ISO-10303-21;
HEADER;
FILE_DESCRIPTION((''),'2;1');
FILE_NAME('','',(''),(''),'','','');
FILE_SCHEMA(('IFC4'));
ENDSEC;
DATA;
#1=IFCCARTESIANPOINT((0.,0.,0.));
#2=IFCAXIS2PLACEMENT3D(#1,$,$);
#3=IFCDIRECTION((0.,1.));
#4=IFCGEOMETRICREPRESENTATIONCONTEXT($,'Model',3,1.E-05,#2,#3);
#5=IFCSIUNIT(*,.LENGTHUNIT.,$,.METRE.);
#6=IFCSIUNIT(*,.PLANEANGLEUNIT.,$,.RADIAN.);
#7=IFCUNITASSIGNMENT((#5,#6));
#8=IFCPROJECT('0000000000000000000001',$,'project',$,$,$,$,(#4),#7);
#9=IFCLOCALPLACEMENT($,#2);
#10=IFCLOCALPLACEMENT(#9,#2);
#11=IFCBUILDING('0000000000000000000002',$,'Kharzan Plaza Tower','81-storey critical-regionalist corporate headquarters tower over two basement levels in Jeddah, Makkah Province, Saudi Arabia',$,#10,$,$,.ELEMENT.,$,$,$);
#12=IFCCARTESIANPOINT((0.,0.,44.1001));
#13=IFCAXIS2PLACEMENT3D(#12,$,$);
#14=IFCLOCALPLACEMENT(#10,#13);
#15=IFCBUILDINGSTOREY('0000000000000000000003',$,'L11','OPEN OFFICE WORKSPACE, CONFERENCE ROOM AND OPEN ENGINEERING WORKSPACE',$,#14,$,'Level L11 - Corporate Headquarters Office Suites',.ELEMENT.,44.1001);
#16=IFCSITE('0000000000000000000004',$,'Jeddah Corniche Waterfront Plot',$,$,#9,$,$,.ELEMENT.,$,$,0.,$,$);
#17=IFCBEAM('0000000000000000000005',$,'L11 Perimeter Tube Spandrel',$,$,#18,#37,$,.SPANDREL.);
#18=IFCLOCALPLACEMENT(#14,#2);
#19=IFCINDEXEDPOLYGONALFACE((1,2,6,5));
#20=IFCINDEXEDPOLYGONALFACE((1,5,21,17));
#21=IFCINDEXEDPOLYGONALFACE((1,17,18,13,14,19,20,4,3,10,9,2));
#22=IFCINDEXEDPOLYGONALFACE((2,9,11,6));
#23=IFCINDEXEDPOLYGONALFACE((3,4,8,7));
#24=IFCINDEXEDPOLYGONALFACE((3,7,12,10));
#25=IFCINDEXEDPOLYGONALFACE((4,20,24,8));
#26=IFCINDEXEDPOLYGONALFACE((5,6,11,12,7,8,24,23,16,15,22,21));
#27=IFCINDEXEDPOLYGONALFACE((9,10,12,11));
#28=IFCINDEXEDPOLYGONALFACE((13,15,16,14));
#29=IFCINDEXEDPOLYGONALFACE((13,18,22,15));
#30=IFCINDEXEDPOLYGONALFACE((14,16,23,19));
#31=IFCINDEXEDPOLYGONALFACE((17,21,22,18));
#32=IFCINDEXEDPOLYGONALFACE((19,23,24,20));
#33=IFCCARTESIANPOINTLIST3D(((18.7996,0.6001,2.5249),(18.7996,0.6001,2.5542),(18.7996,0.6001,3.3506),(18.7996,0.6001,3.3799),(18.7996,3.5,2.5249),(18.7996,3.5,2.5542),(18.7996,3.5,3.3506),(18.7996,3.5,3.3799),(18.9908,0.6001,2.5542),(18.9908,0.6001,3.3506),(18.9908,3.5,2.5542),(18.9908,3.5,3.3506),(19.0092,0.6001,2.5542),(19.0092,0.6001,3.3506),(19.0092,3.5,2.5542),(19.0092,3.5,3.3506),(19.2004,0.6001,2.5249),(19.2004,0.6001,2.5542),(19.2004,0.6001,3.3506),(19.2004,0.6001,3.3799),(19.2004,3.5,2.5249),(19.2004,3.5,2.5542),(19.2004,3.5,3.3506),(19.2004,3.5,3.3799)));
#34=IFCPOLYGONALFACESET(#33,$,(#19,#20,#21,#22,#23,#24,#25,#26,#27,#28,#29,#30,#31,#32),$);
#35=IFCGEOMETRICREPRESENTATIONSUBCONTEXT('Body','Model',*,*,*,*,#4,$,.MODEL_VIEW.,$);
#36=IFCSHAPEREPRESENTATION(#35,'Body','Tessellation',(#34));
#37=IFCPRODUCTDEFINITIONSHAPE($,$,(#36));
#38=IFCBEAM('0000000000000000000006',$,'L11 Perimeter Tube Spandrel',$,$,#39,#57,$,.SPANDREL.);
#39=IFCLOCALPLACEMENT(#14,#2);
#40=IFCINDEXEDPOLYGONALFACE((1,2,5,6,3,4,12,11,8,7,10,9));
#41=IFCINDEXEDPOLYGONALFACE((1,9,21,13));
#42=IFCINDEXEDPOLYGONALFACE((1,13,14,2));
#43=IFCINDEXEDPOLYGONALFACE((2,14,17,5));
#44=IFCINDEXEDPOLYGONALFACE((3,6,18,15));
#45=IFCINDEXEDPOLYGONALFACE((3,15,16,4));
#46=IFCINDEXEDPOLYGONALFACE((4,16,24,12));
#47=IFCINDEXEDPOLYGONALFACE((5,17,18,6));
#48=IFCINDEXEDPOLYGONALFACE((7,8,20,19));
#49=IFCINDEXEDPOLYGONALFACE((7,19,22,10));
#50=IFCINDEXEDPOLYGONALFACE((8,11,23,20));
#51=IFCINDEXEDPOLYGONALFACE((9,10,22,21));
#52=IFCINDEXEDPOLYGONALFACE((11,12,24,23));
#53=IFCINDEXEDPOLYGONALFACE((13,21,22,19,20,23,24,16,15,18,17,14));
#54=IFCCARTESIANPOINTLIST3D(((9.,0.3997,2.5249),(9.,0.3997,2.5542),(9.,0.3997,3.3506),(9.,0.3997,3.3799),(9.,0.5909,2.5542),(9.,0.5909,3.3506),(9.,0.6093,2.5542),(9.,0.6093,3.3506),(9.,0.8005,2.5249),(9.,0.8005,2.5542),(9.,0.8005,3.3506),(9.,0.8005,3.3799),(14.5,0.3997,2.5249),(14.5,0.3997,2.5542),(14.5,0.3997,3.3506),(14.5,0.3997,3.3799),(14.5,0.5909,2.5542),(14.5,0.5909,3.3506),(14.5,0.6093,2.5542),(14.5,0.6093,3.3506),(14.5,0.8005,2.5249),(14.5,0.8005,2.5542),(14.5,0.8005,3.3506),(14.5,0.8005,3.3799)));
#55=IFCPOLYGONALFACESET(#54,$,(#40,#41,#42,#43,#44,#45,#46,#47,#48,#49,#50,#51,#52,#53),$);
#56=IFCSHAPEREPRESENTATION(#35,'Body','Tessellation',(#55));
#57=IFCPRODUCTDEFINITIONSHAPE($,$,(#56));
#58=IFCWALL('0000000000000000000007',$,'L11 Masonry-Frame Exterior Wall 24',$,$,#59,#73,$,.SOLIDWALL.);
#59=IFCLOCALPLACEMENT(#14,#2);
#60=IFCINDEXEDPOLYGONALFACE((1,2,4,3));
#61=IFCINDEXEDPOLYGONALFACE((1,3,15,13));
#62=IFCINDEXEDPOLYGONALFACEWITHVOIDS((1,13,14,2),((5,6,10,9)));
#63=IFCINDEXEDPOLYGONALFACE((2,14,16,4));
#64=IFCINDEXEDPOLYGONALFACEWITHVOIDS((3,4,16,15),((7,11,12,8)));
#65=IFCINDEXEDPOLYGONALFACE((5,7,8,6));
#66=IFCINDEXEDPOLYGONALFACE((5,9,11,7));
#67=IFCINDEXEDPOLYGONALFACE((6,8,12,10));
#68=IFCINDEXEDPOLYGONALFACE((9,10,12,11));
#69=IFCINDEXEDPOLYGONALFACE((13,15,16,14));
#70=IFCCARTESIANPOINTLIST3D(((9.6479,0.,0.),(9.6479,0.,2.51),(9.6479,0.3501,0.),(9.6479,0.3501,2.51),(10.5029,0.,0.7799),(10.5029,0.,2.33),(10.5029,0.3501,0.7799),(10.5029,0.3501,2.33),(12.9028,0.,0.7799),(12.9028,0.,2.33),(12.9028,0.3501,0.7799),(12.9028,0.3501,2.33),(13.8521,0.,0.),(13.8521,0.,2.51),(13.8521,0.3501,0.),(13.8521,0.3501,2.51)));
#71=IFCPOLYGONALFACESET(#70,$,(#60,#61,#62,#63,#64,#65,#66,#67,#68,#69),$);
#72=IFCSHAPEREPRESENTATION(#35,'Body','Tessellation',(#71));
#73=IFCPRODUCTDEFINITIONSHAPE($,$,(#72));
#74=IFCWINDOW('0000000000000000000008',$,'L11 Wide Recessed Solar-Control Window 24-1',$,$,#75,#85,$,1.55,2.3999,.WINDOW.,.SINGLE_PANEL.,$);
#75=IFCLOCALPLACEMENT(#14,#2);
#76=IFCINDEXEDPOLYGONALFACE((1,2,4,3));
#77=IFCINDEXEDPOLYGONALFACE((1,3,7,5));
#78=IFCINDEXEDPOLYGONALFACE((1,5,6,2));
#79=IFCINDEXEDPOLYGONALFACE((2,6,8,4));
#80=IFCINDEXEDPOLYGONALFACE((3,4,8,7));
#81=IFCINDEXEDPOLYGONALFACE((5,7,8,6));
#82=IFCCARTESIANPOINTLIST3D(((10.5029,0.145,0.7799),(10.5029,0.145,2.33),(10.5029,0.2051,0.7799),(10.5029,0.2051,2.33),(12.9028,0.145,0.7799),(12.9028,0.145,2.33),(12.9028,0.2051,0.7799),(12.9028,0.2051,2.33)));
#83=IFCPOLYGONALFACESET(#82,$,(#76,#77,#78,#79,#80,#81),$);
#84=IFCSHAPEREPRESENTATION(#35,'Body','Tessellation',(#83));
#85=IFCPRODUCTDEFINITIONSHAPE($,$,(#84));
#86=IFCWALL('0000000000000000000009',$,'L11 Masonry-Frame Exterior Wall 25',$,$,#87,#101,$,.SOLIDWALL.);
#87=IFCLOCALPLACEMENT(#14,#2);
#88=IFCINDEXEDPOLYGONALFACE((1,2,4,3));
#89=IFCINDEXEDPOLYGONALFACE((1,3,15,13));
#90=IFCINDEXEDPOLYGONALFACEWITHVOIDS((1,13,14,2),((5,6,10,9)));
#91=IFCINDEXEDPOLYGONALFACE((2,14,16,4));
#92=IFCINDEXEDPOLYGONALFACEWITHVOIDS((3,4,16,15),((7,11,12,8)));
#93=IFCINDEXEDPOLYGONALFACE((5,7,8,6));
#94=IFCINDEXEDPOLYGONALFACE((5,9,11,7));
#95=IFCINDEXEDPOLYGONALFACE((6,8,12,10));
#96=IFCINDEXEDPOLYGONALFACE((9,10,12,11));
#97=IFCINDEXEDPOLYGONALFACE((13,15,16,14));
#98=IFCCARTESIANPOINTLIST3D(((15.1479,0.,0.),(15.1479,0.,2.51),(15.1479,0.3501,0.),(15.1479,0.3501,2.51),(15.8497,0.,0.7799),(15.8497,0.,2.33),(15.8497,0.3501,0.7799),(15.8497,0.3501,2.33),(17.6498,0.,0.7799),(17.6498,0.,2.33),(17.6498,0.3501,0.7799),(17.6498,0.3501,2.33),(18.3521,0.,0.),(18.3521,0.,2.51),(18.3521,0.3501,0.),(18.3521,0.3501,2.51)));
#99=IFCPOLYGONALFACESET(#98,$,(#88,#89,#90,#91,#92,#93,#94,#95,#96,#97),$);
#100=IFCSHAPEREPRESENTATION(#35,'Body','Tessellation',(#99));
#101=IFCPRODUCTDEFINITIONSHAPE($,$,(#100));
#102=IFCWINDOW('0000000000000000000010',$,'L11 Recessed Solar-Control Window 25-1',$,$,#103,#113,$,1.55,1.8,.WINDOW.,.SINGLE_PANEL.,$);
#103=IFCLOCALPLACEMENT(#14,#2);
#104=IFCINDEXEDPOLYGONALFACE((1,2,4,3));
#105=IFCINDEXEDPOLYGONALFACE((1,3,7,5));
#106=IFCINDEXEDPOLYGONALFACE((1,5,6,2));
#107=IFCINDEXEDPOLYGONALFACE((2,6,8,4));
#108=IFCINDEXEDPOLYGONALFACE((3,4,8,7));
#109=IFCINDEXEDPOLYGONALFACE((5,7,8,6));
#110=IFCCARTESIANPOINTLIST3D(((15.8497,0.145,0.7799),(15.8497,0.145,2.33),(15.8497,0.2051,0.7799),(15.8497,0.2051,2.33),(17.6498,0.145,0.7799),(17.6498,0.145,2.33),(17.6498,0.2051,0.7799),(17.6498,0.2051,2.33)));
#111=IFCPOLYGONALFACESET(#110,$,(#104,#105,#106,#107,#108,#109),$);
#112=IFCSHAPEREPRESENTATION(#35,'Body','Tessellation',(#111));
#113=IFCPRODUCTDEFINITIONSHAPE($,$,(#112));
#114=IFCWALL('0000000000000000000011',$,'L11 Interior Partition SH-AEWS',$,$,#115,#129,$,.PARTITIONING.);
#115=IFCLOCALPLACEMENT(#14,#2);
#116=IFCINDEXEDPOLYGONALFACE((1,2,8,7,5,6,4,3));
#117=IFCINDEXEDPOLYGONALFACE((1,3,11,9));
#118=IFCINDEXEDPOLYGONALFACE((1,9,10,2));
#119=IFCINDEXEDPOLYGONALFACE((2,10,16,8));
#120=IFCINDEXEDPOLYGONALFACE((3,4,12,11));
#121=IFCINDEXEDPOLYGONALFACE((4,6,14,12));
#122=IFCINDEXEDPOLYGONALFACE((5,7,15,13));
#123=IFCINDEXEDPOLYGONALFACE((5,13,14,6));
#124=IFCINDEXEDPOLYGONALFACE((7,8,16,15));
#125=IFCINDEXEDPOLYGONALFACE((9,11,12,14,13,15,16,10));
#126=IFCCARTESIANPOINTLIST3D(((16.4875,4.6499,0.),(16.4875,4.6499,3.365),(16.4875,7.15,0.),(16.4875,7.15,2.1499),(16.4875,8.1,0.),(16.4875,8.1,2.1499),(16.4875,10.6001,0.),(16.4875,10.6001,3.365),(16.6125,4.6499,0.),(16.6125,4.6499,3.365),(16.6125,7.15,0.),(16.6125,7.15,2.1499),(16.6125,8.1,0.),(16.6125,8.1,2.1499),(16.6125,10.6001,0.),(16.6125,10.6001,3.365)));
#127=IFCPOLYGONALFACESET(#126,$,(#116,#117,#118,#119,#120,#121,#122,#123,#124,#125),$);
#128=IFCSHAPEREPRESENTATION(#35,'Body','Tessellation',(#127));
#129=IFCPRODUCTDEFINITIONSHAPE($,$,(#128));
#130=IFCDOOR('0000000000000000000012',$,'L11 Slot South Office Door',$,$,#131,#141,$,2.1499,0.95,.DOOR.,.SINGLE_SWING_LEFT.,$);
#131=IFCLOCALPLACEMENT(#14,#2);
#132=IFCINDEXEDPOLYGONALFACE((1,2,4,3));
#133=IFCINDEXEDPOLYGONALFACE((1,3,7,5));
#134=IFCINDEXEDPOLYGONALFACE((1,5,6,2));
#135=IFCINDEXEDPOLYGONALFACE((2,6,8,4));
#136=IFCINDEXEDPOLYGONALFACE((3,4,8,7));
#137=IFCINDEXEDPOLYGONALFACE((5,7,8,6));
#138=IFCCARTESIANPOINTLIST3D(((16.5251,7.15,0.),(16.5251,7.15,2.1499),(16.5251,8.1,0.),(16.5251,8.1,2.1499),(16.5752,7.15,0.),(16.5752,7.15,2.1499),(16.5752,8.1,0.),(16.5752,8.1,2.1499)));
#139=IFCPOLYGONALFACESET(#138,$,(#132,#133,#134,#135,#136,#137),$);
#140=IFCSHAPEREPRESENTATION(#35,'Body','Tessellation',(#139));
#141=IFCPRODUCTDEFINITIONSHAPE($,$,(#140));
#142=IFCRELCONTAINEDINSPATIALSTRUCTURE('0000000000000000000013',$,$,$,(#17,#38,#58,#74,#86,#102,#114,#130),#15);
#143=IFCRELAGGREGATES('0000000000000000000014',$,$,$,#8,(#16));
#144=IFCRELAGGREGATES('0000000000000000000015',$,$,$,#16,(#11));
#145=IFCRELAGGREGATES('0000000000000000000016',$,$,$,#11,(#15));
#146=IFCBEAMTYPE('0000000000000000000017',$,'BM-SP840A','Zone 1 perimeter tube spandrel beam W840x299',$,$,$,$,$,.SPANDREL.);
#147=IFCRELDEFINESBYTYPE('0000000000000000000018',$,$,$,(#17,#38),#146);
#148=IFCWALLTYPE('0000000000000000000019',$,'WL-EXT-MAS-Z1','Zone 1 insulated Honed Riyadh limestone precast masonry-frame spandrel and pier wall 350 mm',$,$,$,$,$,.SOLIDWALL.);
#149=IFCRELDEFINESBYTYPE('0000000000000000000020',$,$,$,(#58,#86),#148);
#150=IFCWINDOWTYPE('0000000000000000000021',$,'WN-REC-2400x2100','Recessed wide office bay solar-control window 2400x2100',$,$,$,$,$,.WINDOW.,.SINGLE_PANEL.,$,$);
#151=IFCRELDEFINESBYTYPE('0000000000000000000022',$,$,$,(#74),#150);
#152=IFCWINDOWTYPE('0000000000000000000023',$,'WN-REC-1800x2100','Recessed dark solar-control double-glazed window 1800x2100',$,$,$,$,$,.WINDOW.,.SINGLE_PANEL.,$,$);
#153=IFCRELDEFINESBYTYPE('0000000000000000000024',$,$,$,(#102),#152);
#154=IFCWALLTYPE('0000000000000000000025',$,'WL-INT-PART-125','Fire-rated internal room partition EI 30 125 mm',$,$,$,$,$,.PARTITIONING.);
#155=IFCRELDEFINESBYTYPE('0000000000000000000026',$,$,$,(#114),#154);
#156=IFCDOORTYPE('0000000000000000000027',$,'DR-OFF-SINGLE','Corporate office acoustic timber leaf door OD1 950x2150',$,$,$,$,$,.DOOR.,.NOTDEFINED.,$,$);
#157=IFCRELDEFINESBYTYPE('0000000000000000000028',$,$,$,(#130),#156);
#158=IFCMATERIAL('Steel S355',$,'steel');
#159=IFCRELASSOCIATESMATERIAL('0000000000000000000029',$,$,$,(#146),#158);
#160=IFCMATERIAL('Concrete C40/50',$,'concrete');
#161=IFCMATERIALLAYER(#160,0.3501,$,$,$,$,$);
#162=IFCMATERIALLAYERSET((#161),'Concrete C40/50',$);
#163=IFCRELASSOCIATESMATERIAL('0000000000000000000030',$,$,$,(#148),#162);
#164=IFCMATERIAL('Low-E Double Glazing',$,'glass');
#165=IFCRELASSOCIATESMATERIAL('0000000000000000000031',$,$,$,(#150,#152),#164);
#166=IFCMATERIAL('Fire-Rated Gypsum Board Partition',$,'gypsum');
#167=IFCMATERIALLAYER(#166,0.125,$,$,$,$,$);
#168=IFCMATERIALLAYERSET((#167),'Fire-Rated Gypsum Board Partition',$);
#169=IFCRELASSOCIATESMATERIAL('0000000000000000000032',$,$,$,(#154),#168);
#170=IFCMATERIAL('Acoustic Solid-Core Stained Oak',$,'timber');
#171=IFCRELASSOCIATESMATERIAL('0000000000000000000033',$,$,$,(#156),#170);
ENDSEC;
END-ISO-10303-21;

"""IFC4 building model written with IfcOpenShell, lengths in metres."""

from ifc_helpers import new_model, si_unit, direction, frame, frame_2d, origin, origin_2d, place, context, subcontext, project, spatial, rectangle, i_section, extrude, source, transform, mapped, material, layer, layer_set, material_profile, profile_set, type_object, element, fill, save


model = new_model("IFC4")

# Units and contexts
model_context = context("Model", 3, precision=1e-05, world=origin(), true_north=direction((0.0, 1.0)))
body_context = subcontext(model_context, "Body", "Model", "MODEL_VIEW")
ifc_project = project(units=[si_unit("LENGTHUNIT", "METRE"), si_unit("PLANEANGLEUNIT", "RADIAN")], contexts=[model_context])

# Site, building, storey
site_placement = place(None, origin())
site = spatial("IfcSite", under=ifc_project, at=site_placement, Name="Jeddah Corniche Waterfront Plot", CompositionType="ELEMENT", RefElevation=0.0)
building_placement = place(site_placement, origin())
building = spatial("IfcBuilding", under=site, at=building_placement, Name="Kharzan Plaza Tower", Description="81-storey critical-regionalist corporate headquarters tower over two basement levels in Jeddah, Makkah Province, Saudi Arabia", CompositionType="ELEMENT")
storey_placement = place(building_placement, frame((0.0, 0.0, 44.1001)))
storey = spatial("IfcBuildingStorey", under=building, at=storey_placement, Name="L11", Description="OPEN OFFICE WORKSPACE, CONFERENCE ROOM AND OPEN ENGINEERING WORKSPACE", LongName="Level L11 - Corporate Headquarters Office Suites", CompositionType="ELEMENT", Elevation=44.1001)

# Beams
ifc_material_1 = material(Name="Steel S355", Category="steel")
ifc_material_profile_1 = material_profile(ifc_material_1, i_section(OverallWidth=0.4009, OverallDepth=0.855, WebThickness=0.0183, FlangeThickness=0.0293, at=origin_2d()), Name="W840x299")
ifc_profile_set_1 = profile_set([ifc_material_profile_1], Name="Steel S355")
beam_type_1 = type_object("IfcBeamType", Name="BM-SP840A", Description="Zone 1 perimeter tube spandrel beam W840x299", PredefinedType="SPANDREL", material=ifc_profile_set_1)
shared_shape_1 = source(origin(), body_context, "Body", "SweptSolid", [
    extrude(i_section(OverallWidth=0.4009, OverallDepth=0.855, WebThickness=0.0183, FlangeThickness=0.0293, at=origin_2d()), origin(), (0.0, 0.0, 1.0), 2.8999),
])
beam_1_placement = place(storey_placement, frame((19.0, 0.6001, 2.9524), z_axis=(0.0, 1.0, 0.0), x_axis=(-1.0, 0.0, 0.0)))
element("IfcBeam", 1, at=beam_1_placement, inside=storey, type_object=beam_type_1, Name="L11 Perimeter Tube Spandrel", PredefinedType="SPANDREL", context=body_context, shape_type="MappedRepresentation", body=[
    mapped(shared_shape_1, transform((0.0, 0.0, 0.0), x_axis=(1.0, 0.0, 0.0), y_axis=(0.0, 1.0, 0.0), z_axis=(0.0, 0.0, 1.0))),
])
shared_shape_2 = source(origin(), body_context, "Body", "SweptSolid", [
    extrude(i_section(OverallWidth=0.4009, OverallDepth=0.855, WebThickness=0.0183, FlangeThickness=0.0293, at=origin_2d()), origin(), (0.0, 0.0, 1.0), 5.5),
])
beam_2_placement = place(storey_placement, frame((9.0, 0.6001, 2.9524), z_axis=(1.0, 0.0, 0.0), x_axis=(0.0, 1.0, 0.0)))
element("IfcBeam", 2, at=beam_2_placement, inside=storey, type_object=beam_type_1, Name="L11 Perimeter Tube Spandrel", PredefinedType="SPANDREL", context=body_context, shape_type="MappedRepresentation", body=[
    mapped(shared_shape_2, transform((0.0, 0.0, 0.0), x_axis=(1.0, 0.0, 0.0), y_axis=(0.0, 1.0, 0.0), z_axis=(0.0, 0.0, 1.0))),
])

# Walls, openings, windows
ifc_material_2 = material(Name="Concrete C40/50", Category="concrete")
ifc_layer_1 = layer(ifc_material_2, 0.3501)
ifc_layer_set_1 = layer_set([ifc_layer_1], Name="Concrete C40/50")
wall_type_1 = type_object("IfcWallType", Name="WL-EXT-MAS-Z1", Description="Zone 1 insulated Honed Riyadh limestone precast masonry-frame spandrel and pier wall 350 mm", PredefinedType="SOLIDWALL", material=ifc_layer_set_1)
wall_1_placement = place(storey_placement, frame((9.6479, 0.175, 0.0), z_axis=(0.0, 0.0, 1.0), x_axis=(1.0, 0.0, 0.0)))
wall_1 = element("IfcWall", 3, at=wall_1_placement, inside=storey, type_object=wall_type_1, Name="L11 Masonry-Frame Exterior Wall 24", PredefinedType="SOLIDWALL", context=body_context, shape_type="SweptSolid", body=[
    extrude(rectangle(XDim=4.2041, YDim=0.3501, at=frame_2d((2.1021, 0.0))), origin(), (0.0, 0.0, 1.0), 2.51),
])
opening_1_placement = place(wall_1_placement, frame((0.855, 0.0, 0.78)))
opening_1 = element("IfcOpeningElement", 4, at=opening_1_placement, cuts=wall_1, PredefinedType="OPENING", context=body_context, shape_type="SweptSolid", body=[
    extrude(rectangle(XDim=2.3999, YDim=1.55, at=frame_2d((1.2, 0.7749))), frame((0.0, 0.1851, 0.0), z_axis=(0.0, -1.0, 0.0), x_axis=(1.0, 0.0, 0.0)), (0.0, 0.0, 1.0), 0.3701),
])
ifc_material_3 = material(Name="Low-E Double Glazing", Category="glass")
window_type_1 = type_object("IfcWindowType", Name="WN-REC-2400x2100", Description="Recessed wide office bay solar-control window 2400x2100", PartitioningType="SINGLE_PANEL", PredefinedType="WINDOW", material=ifc_material_3)
shared_shape_3 = source(origin(), body_context, "Body", "SweptSolid", [
    extrude(rectangle(XDim=2.3999, YDim=1.55, at=frame_2d((1.2, 0.7749))), frame((0.0, 0.03, 0.0), z_axis=(0.0, -1.0, 0.0), x_axis=(1.0, 0.0, 0.0)), (0.0, 0.0, 1.0), 0.0601),
])
window_1_placement = place(opening_1_placement, origin())
window_1 = element("IfcWindow", 5, at=window_1_placement, inside=storey, type_object=window_type_1, Name="L11 Wide Recessed Solar-Control Window 24-1", OverallHeight=1.55, OverallWidth=2.3999, PartitioningType="SINGLE_PANEL", PredefinedType="WINDOW", context=body_context, shape_type="MappedRepresentation", body=[
    mapped(shared_shape_3, transform((0.0, 0.0, 0.0), x_axis=(1.0, 0.0, 0.0), y_axis=(0.0, 1.0, 0.0), z_axis=(0.0, 0.0, 1.0))),
])
fill(opening_1, window_1)
wall_2_placement = place(storey_placement, frame((15.1479, 0.175, 0.0), z_axis=(0.0, 0.0, 1.0), x_axis=(1.0, 0.0, 0.0)))
wall_2 = element("IfcWall", 6, at=wall_2_placement, inside=storey, type_object=wall_type_1, Name="L11 Masonry-Frame Exterior Wall 25", PredefinedType="SOLIDWALL", context=body_context, shape_type="SweptSolid", body=[
    extrude(rectangle(XDim=3.2041, YDim=0.3501, at=frame_2d((1.6021, 0.0))), origin(), (0.0, 0.0, 1.0), 2.51),
])
opening_2_placement = place(wall_2_placement, frame((0.7019, 0.0, 0.78)))
opening_2 = element("IfcOpeningElement", 7, at=opening_2_placement, cuts=wall_2, PredefinedType="OPENING", context=body_context, shape_type="SweptSolid", body=[
    extrude(rectangle(XDim=1.8, YDim=1.55, at=frame_2d((0.8999, 0.7749))), frame((0.0, 0.1851, 0.0), z_axis=(0.0, -1.0, 0.0), x_axis=(1.0, 0.0, 0.0)), (0.0, 0.0, 1.0), 0.3701),
])
window_type_2 = type_object("IfcWindowType", Name="WN-REC-1800x2100", Description="Recessed dark solar-control double-glazed window 1800x2100", PartitioningType="SINGLE_PANEL", PredefinedType="WINDOW", material=ifc_material_3)
shared_shape_4 = source(origin(), body_context, "Body", "SweptSolid", [
    extrude(rectangle(XDim=1.8, YDim=1.55, at=frame_2d((0.8999, 0.7749))), frame((0.0, 0.03, 0.0), z_axis=(0.0, -1.0, 0.0), x_axis=(1.0, 0.0, 0.0)), (0.0, 0.0, 1.0), 0.0601),
])
window_2_placement = place(opening_2_placement, origin())
window_2 = element("IfcWindow", 8, at=window_2_placement, inside=storey, type_object=window_type_2, Name="L11 Recessed Solar-Control Window 25-1", OverallHeight=1.55, OverallWidth=1.8, PartitioningType="SINGLE_PANEL", PredefinedType="WINDOW", context=body_context, shape_type="MappedRepresentation", body=[
    mapped(shared_shape_4, transform((0.0, 0.0, 0.0), x_axis=(1.0, 0.0, 0.0), y_axis=(0.0, 1.0, 0.0), z_axis=(0.0, 0.0, 1.0))),
])
fill(opening_2, window_2)

# Wall, opening, door
ifc_material_4 = material(Name="Fire-Rated Gypsum Board Partition", Category="gypsum")
ifc_layer_2 = layer(ifc_material_4, 0.125)
ifc_layer_set_2 = layer_set([ifc_layer_2], Name="Fire-Rated Gypsum Board Partition")
wall_type_2 = type_object("IfcWallType", Name="WL-INT-PART-125", Description="Fire-rated internal room partition EI 30 125 mm", PredefinedType="PARTITIONING", material=ifc_layer_set_2)
wall_3_placement = place(storey_placement, frame((16.55, 4.6499, 0.0), z_axis=(0.0, 0.0, 1.0), x_axis=(0.0, 1.0, 0.0)))
wall_3 = element("IfcWall", 9, at=wall_3_placement, inside=storey, type_object=wall_type_2, Name="L11 Interior Partition SH-AEWS", PredefinedType="PARTITIONING", context=body_context, shape_type="SweptSolid", body=[
    extrude(rectangle(XDim=5.9502, YDim=0.125, at=frame_2d((2.9751, 0.0))), origin(), (0.0, 0.0, 1.0), 3.365),
])
opening_3_placement = place(wall_3_placement, frame((2.5, 0.0, 0.0)))
opening_3 = element("IfcOpeningElement", 10, at=opening_3_placement, cuts=wall_3, PredefinedType="OPENING", context=body_context, shape_type="SweptSolid", body=[
    extrude(rectangle(XDim=0.95, YDim=2.1499, at=frame_2d((0.4751, 1.075))), frame((0.0, 0.0725, 0.0), z_axis=(0.0, -1.0, 0.0), x_axis=(1.0, 0.0, 0.0)), (0.0, 0.0, 1.0), 0.145),
])
ifc_material_5 = material(Name="Acoustic Solid-Core Stained Oak", Category="timber")
door_type = type_object("IfcDoorType", Name="DR-OFF-SINGLE", Description="Corporate office acoustic timber leaf door OD1 950x2150", OperationType="NOTDEFINED", PredefinedType="DOOR", material=ifc_material_5)
shared_shape_5 = source(origin(), body_context, "Body", "SweptSolid", [
    extrude(rectangle(XDim=0.95, YDim=2.1499, at=frame_2d((0.4751, 1.075))), frame((0.0, 0.0249, 0.0), z_axis=(0.0, -1.0, 0.0), x_axis=(1.0, 0.0, 0.0)), (0.0, 0.0, 1.0), 0.05),
])
door_1_placement = place(opening_3_placement, origin())
door_1 = element("IfcDoor", 11, at=door_1_placement, inside=storey, type_object=door_type, Name="L11 Slot South Office Door", OperationType="SINGLE_SWING_LEFT", OverallHeight=2.1499, OverallWidth=0.95, PredefinedType="DOOR", context=body_context, shape_type="MappedRepresentation", body=[
    mapped(shared_shape_5, transform((0.0, 0.0, 0.0), x_axis=(1.0, 0.0, 0.0), y_axis=(0.0, 1.0, 0.0), z_axis=(0.0, 0.0, 1.0))),
])
fill(opening_3, door_1)

save(model, "model.ifc")
